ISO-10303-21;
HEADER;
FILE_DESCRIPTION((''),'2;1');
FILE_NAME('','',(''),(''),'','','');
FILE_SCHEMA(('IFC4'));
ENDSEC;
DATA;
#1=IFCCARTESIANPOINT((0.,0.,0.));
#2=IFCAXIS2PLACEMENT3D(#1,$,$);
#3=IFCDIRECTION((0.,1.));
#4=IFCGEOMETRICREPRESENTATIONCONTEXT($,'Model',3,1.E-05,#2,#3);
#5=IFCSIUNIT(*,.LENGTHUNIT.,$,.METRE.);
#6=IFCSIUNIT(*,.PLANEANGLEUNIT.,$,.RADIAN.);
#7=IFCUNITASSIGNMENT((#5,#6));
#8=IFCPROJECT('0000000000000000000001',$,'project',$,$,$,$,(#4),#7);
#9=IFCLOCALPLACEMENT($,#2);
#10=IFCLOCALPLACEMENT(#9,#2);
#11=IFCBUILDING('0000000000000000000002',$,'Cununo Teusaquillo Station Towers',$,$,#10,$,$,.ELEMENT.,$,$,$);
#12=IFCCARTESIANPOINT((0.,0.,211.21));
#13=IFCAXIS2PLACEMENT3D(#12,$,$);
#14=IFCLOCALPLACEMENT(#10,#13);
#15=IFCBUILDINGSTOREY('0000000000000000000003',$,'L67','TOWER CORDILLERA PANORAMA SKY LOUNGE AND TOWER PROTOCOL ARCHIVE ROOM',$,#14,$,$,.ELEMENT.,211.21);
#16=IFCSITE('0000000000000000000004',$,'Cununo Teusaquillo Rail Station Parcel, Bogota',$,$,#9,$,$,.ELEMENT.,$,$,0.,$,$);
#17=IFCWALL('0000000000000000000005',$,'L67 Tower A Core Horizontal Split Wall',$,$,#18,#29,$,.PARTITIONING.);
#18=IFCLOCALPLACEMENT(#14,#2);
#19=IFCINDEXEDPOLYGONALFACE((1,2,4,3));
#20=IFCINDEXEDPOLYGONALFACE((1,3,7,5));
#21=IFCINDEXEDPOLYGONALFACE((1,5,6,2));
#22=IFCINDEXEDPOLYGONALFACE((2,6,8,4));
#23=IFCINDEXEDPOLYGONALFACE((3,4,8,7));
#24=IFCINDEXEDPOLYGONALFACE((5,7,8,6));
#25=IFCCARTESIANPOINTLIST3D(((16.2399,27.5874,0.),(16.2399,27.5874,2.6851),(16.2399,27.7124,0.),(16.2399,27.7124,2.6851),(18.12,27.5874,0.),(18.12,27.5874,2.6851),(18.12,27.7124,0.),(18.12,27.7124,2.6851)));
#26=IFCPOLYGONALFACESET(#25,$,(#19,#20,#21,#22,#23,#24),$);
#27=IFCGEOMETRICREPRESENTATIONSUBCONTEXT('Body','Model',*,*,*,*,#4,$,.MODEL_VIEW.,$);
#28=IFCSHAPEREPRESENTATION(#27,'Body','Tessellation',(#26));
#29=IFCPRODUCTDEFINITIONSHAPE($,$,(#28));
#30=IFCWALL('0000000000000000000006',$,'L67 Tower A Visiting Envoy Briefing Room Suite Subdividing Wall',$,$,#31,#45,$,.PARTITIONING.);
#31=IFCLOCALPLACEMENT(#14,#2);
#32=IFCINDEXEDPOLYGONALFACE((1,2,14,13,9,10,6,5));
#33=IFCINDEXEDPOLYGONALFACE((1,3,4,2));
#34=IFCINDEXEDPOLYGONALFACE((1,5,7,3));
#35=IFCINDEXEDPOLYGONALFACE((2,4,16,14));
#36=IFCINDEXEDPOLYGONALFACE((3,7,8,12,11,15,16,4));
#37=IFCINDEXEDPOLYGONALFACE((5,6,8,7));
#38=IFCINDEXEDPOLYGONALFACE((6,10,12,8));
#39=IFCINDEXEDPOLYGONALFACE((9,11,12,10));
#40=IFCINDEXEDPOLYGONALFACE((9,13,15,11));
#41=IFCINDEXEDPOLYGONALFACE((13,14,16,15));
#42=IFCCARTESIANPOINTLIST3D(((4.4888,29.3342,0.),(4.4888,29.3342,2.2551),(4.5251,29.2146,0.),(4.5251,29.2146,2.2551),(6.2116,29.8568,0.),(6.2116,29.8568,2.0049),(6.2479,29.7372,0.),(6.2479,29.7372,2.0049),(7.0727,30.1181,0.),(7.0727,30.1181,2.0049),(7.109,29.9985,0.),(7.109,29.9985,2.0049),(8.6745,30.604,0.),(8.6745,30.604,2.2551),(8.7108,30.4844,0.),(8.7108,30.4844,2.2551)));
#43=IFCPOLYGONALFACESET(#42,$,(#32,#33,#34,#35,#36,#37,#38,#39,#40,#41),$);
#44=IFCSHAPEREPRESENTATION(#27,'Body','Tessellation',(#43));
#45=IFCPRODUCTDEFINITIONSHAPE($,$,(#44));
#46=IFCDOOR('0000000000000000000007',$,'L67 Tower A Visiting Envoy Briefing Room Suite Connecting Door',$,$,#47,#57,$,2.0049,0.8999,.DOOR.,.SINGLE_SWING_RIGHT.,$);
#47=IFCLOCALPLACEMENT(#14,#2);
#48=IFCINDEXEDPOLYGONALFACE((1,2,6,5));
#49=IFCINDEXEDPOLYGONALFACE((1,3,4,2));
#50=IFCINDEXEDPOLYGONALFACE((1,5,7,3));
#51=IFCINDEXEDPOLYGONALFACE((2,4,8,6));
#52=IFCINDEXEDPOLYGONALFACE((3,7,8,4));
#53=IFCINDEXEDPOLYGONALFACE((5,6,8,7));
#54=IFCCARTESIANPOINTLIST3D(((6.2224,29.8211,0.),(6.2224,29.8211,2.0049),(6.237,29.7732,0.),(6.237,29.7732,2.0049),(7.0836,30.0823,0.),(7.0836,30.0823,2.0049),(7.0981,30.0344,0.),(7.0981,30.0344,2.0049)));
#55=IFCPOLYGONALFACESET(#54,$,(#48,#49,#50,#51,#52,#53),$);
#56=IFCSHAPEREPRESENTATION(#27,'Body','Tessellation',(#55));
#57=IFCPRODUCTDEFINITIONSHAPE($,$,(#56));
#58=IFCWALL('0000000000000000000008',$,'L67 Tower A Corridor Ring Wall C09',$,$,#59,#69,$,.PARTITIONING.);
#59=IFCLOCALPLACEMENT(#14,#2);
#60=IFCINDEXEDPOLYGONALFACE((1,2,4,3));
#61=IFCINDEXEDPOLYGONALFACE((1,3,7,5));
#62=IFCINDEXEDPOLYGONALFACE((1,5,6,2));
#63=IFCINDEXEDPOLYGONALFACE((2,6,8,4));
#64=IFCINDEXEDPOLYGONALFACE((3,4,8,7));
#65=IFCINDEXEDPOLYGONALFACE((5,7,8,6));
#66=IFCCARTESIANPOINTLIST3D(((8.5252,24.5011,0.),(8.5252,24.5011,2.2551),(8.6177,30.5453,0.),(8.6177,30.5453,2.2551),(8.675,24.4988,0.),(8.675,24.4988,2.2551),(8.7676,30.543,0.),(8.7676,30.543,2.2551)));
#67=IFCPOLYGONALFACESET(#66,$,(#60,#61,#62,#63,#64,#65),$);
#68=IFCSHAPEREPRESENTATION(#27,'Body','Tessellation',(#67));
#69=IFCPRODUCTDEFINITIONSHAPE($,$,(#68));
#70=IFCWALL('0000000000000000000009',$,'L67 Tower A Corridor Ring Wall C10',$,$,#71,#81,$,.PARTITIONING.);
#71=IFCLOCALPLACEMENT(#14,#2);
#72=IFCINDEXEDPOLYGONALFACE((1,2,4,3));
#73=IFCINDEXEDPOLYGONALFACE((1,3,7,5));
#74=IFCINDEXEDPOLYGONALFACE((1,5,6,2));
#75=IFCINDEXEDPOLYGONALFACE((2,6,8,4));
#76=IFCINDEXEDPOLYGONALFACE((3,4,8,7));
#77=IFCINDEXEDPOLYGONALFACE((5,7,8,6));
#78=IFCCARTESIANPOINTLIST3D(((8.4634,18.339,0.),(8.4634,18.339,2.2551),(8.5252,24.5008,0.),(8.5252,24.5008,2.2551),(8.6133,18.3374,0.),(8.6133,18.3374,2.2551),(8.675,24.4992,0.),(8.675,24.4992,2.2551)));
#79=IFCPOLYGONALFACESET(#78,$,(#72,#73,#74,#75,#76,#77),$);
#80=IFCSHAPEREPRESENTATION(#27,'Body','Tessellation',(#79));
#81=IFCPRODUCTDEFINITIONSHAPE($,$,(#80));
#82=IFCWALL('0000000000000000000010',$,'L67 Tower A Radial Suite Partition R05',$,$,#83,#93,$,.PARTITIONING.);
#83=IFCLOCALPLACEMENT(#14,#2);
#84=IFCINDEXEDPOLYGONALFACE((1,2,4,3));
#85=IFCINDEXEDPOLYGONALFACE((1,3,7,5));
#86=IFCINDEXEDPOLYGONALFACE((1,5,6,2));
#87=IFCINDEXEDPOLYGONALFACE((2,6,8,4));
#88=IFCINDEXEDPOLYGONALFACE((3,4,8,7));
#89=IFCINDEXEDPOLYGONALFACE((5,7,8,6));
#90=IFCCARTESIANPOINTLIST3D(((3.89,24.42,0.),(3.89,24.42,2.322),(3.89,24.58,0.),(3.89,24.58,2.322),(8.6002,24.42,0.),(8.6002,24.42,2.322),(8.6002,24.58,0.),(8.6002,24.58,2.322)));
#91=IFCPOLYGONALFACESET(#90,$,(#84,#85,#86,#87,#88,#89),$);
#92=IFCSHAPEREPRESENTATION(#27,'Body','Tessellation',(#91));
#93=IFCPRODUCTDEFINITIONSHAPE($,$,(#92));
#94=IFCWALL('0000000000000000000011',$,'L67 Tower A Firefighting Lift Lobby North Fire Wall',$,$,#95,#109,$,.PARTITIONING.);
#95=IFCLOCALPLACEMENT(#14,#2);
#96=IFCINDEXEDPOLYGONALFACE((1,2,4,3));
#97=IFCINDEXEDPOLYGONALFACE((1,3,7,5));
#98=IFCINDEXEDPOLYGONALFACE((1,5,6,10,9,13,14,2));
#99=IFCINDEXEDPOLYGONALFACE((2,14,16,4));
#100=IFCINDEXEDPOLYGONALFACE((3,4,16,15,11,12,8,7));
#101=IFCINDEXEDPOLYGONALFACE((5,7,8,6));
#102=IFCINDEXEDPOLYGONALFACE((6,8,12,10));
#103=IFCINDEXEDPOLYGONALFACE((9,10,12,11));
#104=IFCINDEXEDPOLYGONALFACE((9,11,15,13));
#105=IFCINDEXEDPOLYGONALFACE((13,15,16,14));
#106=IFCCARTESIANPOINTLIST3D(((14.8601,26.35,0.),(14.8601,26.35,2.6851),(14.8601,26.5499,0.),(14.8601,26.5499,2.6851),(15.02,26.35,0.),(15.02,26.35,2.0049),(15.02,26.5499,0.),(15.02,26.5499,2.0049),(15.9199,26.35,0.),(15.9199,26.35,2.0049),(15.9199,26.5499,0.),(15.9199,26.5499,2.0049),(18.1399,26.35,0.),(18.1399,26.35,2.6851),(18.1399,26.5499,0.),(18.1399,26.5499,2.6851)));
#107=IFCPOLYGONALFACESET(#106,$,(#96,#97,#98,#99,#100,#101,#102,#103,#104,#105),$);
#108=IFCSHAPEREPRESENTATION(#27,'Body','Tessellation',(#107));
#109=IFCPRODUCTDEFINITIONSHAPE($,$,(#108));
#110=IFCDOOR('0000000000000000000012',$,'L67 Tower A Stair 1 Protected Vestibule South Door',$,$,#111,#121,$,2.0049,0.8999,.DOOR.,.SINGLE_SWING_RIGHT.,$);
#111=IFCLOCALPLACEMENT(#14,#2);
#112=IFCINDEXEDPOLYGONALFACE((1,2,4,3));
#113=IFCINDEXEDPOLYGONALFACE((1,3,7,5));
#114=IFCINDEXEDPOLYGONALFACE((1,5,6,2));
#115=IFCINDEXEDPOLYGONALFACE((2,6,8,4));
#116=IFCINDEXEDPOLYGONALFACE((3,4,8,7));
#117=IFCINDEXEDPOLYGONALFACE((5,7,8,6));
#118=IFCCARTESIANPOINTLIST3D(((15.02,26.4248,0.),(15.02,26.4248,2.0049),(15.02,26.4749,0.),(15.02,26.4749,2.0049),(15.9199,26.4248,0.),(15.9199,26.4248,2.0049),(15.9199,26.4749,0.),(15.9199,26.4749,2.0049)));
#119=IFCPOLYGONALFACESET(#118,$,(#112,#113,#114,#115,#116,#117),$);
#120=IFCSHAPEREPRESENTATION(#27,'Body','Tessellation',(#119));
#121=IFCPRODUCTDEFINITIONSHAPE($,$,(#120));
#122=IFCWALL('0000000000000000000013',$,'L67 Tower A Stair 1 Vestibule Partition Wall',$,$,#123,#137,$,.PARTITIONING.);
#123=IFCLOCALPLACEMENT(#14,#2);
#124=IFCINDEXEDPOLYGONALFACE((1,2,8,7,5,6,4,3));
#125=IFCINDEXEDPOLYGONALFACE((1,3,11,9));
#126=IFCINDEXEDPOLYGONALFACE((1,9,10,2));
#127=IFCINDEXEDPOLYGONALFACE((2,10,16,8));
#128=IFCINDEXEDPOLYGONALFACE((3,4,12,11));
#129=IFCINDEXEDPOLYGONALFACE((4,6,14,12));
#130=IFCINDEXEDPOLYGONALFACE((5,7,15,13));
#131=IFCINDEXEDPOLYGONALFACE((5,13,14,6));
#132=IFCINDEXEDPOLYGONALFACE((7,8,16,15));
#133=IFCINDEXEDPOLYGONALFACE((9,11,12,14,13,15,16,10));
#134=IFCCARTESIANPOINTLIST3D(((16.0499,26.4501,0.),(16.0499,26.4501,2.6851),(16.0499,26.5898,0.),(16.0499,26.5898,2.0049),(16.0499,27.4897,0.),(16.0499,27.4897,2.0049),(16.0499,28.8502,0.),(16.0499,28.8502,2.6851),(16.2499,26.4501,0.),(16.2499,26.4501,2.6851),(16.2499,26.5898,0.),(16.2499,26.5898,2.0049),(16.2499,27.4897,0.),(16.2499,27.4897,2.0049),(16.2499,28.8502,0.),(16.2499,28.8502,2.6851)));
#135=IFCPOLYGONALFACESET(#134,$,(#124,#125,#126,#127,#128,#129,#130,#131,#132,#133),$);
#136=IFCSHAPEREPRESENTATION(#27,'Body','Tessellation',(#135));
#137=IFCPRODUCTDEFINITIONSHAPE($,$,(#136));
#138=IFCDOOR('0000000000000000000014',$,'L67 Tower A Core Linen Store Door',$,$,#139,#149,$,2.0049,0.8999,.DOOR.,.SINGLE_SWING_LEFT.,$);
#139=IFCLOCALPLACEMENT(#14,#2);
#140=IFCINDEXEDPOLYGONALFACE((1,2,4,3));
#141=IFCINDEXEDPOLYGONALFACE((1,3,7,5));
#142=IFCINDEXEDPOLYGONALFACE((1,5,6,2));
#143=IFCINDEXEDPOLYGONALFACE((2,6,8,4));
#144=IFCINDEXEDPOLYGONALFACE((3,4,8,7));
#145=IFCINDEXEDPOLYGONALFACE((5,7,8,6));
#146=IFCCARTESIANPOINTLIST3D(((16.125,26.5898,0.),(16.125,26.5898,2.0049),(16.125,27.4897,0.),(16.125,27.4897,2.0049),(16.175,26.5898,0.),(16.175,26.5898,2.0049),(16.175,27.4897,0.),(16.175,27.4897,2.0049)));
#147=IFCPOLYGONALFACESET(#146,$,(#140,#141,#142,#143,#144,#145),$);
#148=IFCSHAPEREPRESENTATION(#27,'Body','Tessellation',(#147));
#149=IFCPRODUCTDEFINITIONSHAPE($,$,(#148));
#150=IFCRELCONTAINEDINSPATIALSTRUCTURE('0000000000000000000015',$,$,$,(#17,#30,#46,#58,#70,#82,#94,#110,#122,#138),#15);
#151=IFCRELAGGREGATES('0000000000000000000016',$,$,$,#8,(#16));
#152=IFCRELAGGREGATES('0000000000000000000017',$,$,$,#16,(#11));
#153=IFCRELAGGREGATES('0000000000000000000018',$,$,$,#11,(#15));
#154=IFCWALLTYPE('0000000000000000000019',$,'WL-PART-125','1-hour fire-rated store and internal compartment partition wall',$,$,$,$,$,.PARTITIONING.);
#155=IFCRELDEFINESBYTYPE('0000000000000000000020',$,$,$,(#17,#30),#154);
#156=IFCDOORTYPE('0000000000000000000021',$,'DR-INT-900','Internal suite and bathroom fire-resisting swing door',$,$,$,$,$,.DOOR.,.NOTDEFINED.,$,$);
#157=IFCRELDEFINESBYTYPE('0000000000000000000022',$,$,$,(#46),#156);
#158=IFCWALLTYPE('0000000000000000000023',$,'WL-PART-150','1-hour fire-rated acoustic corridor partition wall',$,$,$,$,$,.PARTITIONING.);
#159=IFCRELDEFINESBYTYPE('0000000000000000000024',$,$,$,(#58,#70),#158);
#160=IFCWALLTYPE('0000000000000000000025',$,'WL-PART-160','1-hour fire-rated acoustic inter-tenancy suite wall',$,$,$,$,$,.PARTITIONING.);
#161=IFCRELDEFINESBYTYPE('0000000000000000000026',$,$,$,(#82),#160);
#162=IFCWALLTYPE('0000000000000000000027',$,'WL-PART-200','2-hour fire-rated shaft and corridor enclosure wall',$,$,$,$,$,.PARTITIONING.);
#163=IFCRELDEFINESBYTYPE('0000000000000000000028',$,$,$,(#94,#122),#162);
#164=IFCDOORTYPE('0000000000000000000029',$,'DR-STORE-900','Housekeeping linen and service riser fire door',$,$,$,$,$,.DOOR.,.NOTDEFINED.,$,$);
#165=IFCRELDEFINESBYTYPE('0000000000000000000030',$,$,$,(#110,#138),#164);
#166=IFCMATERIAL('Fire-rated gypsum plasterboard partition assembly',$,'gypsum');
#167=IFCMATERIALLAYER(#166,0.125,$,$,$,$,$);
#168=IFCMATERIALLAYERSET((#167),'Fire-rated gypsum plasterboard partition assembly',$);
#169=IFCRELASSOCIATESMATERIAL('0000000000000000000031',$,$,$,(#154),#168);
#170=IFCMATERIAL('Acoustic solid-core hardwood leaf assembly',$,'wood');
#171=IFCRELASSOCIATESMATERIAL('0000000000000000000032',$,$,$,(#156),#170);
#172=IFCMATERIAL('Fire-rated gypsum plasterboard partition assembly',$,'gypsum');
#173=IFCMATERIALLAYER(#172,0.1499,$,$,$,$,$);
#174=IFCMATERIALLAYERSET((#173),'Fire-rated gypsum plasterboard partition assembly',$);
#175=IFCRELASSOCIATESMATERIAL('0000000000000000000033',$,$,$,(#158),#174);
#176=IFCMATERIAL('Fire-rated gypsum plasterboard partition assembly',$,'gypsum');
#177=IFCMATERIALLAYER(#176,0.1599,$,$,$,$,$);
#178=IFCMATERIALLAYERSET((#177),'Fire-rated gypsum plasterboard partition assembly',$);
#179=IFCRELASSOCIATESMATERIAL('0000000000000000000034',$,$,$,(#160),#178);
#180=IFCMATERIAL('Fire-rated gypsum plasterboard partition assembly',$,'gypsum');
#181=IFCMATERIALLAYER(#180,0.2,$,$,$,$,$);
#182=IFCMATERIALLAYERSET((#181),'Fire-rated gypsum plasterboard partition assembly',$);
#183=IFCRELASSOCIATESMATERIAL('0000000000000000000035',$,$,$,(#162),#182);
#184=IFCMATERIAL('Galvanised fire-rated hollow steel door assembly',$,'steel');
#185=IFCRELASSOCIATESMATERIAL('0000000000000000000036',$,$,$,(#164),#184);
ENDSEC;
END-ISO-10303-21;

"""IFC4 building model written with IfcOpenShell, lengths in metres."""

from ifc_helpers import new_model, si_unit, direction, frame, frame_2d, origin, place, context, subcontext, project, spatial, rectangle, extrude, source, transform, mapped, material, layer, layer_set, type_object, element, fill, save


model = new_model("IFC4")

# Units and contexts
model_context = context("Model", 3, precision=1e-05, world=origin(), true_north=direction((0.0, 1.0)))
body_context = subcontext(model_context, "Body", "Model", "MODEL_VIEW")
ifc_project = project(units=[si_unit("LENGTHUNIT", "METRE"), si_unit("PLANEANGLEUNIT", "RADIAN")], contexts=[model_context])

# Site, building, storey
site_placement = place(None, origin())
site = spatial("IfcSite", under=ifc_project, at=site_placement, Name="Cununo Teusaquillo Rail Station Parcel, Bogota", CompositionType="ELEMENT", RefElevation=0.0)
building_placement = place(site_placement, origin())
building = spatial("IfcBuilding", under=site, at=building_placement, Name="Cununo Teusaquillo Station Towers", CompositionType="ELEMENT")
storey_placement = place(building_placement, frame((0.0, 0.0, 211.21)))
storey = spatial("IfcBuildingStorey", under=building, at=storey_placement, Name="L67", Description="TOWER CORDILLERA PANORAMA SKY LOUNGE AND TOWER PROTOCOL ARCHIVE ROOM", CompositionType="ELEMENT", Elevation=211.21)

# Wall
ifc_material_1 = material(Name="Fire-rated gypsum plasterboard partition assembly", Category="gypsum")
ifc_layer_1 = layer(ifc_material_1, 0.125)
ifc_layer_set_1 = layer_set([ifc_layer_1], Name="Fire-rated gypsum plasterboard partition assembly")
wall_type_1 = type_object("IfcWallType", Name="WL-PART-125", Description="1-hour fire-rated store and internal compartment partition wall", PredefinedType="PARTITIONING", material=ifc_layer_set_1)
wall_1_placement = place(storey_placement, frame((16.24, 27.6499, 0.0), z_axis=(0.0, 0.0, 1.0), x_axis=(1.0, 0.0, 0.0)))
element("IfcWall", 1, at=wall_1_placement, inside=storey, type_object=wall_type_1, Name="L67 Tower A Core Horizontal Split Wall", PredefinedType="PARTITIONING", context=body_context, shape_type="SweptSolid", body=[
    extrude(rectangle(XDim=1.8801, YDim=0.125, at=frame_2d((0.9399, 0.0))), origin(), (0.0, 0.0, 1.0), 2.6851),
])

# Wall, opening, door
wall_2_placement = place(storey_placement, frame((8.6926, 30.5442, 0.0), z_axis=(0.0, 0.0, 1.0), x_axis=(-0.956934, -0.290306, 0.0)))
wall_2 = element("IfcWall", 2, at=wall_2_placement, inside=storey, type_object=wall_type_1, Name="L67 Tower A Visiting Envoy Briefing Room Suite Subdividing Wall", PredefinedType="PARTITIONING", context=body_context, shape_type="SweptSolid", body=[
    extrude(rectangle(XDim=4.374, YDim=0.125, at=frame_2d((2.187, 0.0))), origin(), (0.0, 0.0, 1.0), 2.2551),
])
shared_shape_1 = source(origin(), body_context, "Body", "SweptSolid", [
    extrude(rectangle(XDim=0.8999, YDim=2.0049, at=frame_2d((0.45, 1.0024))), frame((0.0, 0.0725, 0.0), z_axis=(0.0, -1.0, 0.0), x_axis=(1.0, 0.0, 0.0)), (0.0, 0.0, 1.0), 0.145),
])
opening_1_placement = place(wall_2_placement, frame((1.6738, 0.0, 0.0)))
opening_1 = element("IfcOpeningElement", 3, at=opening_1_placement, cuts=wall_2, PredefinedType="OPENING", context=body_context, shape_type="MappedRepresentation", body=[
    mapped(shared_shape_1, transform((0.0, 0.0, 0.0), x_axis=(1.0, 0.0, 0.0), y_axis=(0.0, 1.0, 0.0), z_axis=(0.0, 0.0, 1.0), scale=1.0)),
])
ifc_material_2 = material(Name="Acoustic solid-core hardwood leaf assembly", Category="wood")
door_type_1 = type_object("IfcDoorType", Name="DR-INT-900", Description="Internal suite and bathroom fire-resisting swing door", OperationType="NOTDEFINED", PredefinedType="DOOR", material=ifc_material_2)
shared_shape_2 = source(origin(), body_context, "Body", "SweptSolid", [
    extrude(rectangle(XDim=0.8999, YDim=2.0049, at=frame_2d((0.45, 1.0024))), frame((0.0, 0.0249, 0.0), z_axis=(0.0, -1.0, 0.0), x_axis=(1.0, 0.0, 0.0)), (0.0, 0.0, 1.0), 0.05),
])
door_1_placement = place(opening_1_placement, origin())
door_1 = element("IfcDoor", 4, at=door_1_placement, inside=storey, type_object=door_type_1, Name="L67 Tower A Visiting Envoy Briefing Room Suite Connecting Door", OperationType="SINGLE_SWING_RIGHT", OverallHeight=2.0049, OverallWidth=0.8999, PredefinedType="DOOR", context=body_context, shape_type="MappedRepresentation", body=[
    mapped(shared_shape_2, transform((0.0, 0.0, 0.0), x_axis=(1.0, 0.0, 0.0), y_axis=(0.0, 1.0, 0.0), z_axis=(0.0, 0.0, 1.0), scale=1.0)),
])
fill(opening_1, door_1)

# Walls
ifc_material_3 = material(Name="Fire-rated gypsum plasterboard partition assembly", Category="gypsum")
ifc_layer_2 = layer(ifc_material_3, 0.1499)
ifc_layer_set_2 = layer_set([ifc_layer_2], Name="Fire-rated gypsum plasterboard partition assembly")
wall_type_2 = type_object("IfcWallType", Name="WL-PART-150", Description="1-hour fire-rated acoustic corridor partition wall", PredefinedType="PARTITIONING", material=ifc_layer_set_2)
wall_3_placement = place(storey_placement, frame((8.6926, 30.5442, 0.0), z_axis=(0.0, 0.0, 1.0), x_axis=(-0.015307, -0.999883, 0.0)))
element("IfcWall", 5, at=wall_3_placement, inside=storey, type_object=wall_type_2, Name="L67 Tower A Corridor Ring Wall C09", PredefinedType="PARTITIONING", context=body_context, shape_type="SweptSolid", body=[
    extrude(rectangle(XDim=6.0449, YDim=0.1499, at=frame_2d((3.0225, 0.0))), origin(), (0.0, 0.0, 1.0), 2.2551),
])
wall_4_placement = place(storey_placement, frame((8.6001, 24.5, 0.0), z_axis=(0.0, 0.0, 1.0), x_axis=(-0.010024, -0.99995, 0.0)))
element("IfcWall", 6, at=wall_4_placement, inside=storey, type_object=wall_type_2, Name="L67 Tower A Corridor Ring Wall C10", PredefinedType="PARTITIONING", context=body_context, shape_type="SweptSolid", body=[
    extrude(rectangle(XDim=6.1621, YDim=0.1499, at=frame_2d((3.0811, 0.0))), origin(), (0.0, 0.0, 1.0), 2.2551),
])
ifc_material_4 = material(Name="Fire-rated gypsum plasterboard partition assembly", Category="gypsum")
ifc_layer_3 = layer(ifc_material_4, 0.1599)
ifc_layer_set_3 = layer_set([ifc_layer_3], Name="Fire-rated gypsum plasterboard partition assembly")
wall_type_3 = type_object("IfcWallType", Name="WL-PART-160", Description="1-hour fire-rated acoustic inter-tenancy suite wall", PredefinedType="PARTITIONING", material=ifc_layer_set_3)
wall_5_placement = place(storey_placement, frame((8.6001, 24.5, 0.0), z_axis=(0.0, 0.0, 1.0), x_axis=(-1.0, 0.0, 0.0)))
element("IfcWall", 7, at=wall_5_placement, inside=storey, type_object=wall_type_3, Name="L67 Tower A Radial Suite Partition R05", PredefinedType="PARTITIONING", context=body_context, shape_type="SweptSolid", body=[
    extrude(rectangle(XDim=4.7102, YDim=0.1599, at=frame_2d((2.355, 0.0))), origin(), (0.0, 0.0, 1.0), 2.322),
])

# Walls, openings, doors
ifc_material_5 = material(Name="Fire-rated gypsum plasterboard partition assembly", Category="gypsum")
ifc_layer_4 = layer(ifc_material_5, 0.2)
ifc_layer_set_4 = layer_set([ifc_layer_4], Name="Fire-rated gypsum plasterboard partition assembly")
wall_type_4 = type_object("IfcWallType", Name="WL-PART-200", Description="2-hour fire-rated shaft and corridor enclosure wall", PredefinedType="PARTITIONING", material=ifc_layer_set_4)
wall_6_placement = place(storey_placement, frame((14.8601, 26.45, 0.0), z_axis=(0.0, 0.0, 1.0), x_axis=(1.0, 0.0, 0.0)))
wall_6 = element("IfcWall", 8, at=wall_6_placement, inside=storey, type_object=wall_type_4, Name="L67 Tower A Firefighting Lift Lobby North Fire Wall", PredefinedType="PARTITIONING", context=body_context, shape_type="SweptSolid", body=[
    extrude(rectangle(XDim=3.2798, YDim=0.2, at=frame_2d((1.6399, 0.0))), origin(), (0.0, 0.0, 1.0), 2.6851),
])
shared_shape_3 = source(origin(), body_context, "Body", "SweptSolid", [
    extrude(rectangle(XDim=0.8999, YDim=2.0049, at=frame_2d((0.45, 1.0024))), frame((0.0, 0.1099, 0.0), z_axis=(0.0, -1.0, 0.0), x_axis=(1.0, 0.0, 0.0)), (0.0, 0.0, 1.0), 0.22),
])
opening_2_placement = place(wall_6_placement, frame((0.1599, 0.0, 0.0)))
opening_2 = element("IfcOpeningElement", 9, at=opening_2_placement, cuts=wall_6, PredefinedType="OPENING", context=body_context, shape_type="MappedRepresentation", body=[
    mapped(shared_shape_3, transform((0.0, 0.0, 0.0), x_axis=(1.0, 0.0, 0.0), y_axis=(0.0, 1.0, 0.0), z_axis=(0.0, 0.0, 1.0), scale=1.0)),
])
ifc_material_6 = material(Name="Galvanised fire-rated hollow steel door assembly", Category="steel")
door_type_2 = type_object("IfcDoorType", Name="DR-STORE-900", Description="Housekeeping linen and service riser fire door", OperationType="NOTDEFINED", PredefinedType="DOOR", material=ifc_material_6)
door_2_placement = place(opening_2_placement, origin())
door_2 = element("IfcDoor", 10, at=door_2_placement, inside=storey, type_object=door_type_2, Name="L67 Tower A Stair 1 Protected Vestibule South Door", OperationType="SINGLE_SWING_RIGHT", OverallHeight=2.0049, OverallWidth=0.8999, PredefinedType="DOOR", context=body_context, shape_type="MappedRepresentation", body=[
    mapped(shared_shape_2, transform((0.0, 0.0, 0.0), x_axis=(1.0, 0.0, 0.0), y_axis=(0.0, 1.0, 0.0), z_axis=(0.0, 0.0, 1.0), scale=1.0)),
])
fill(opening_2, door_2)
wall_7_placement = place(storey_placement, frame((16.1499, 26.45, 0.0), z_axis=(0.0, 0.0, 1.0), x_axis=(0.0, 1.0, 0.0)))
wall_7 = element("IfcWall", 11, at=wall_7_placement, inside=storey, type_object=wall_type_4, Name="L67 Tower A Stair 1 Vestibule Partition Wall", PredefinedType="PARTITIONING", context=body_context, shape_type="SweptSolid", body=[
    extrude(rectangle(XDim=2.4001, YDim=0.2, at=frame_2d((1.2002, 0.0))), origin(), (0.0, 0.0, 1.0), 2.6851),
])
opening_3_placement = place(wall_7_placement, frame((0.1399, 0.0, 0.0)))
opening_3 = element("IfcOpeningElement", 12, at=opening_3_placement, cuts=wall_7, PredefinedType="OPENING", context=body_context, shape_type="MappedRepresentation", body=[
    mapped(shared_shape_3, transform((0.0, 0.0, 0.0), x_axis=(1.0, 0.0, 0.0), y_axis=(0.0, 1.0, 0.0), z_axis=(0.0, 0.0, 1.0), scale=1.0)),
])
door_3_placement = place(opening_3_placement, origin())
door_3 = element("IfcDoor", 13, at=door_3_placement, inside=storey, type_object=door_type_2, Name="L67 Tower A Core Linen Store Door", OperationType="SINGLE_SWING_LEFT", OverallHeight=2.0049, OverallWidth=0.8999, PredefinedType="DOOR", context=body_context, shape_type="MappedRepresentation", body=[
    mapped(shared_shape_2, transform((0.0, 0.0, 0.0), x_axis=(1.0, 0.0, 0.0), y_axis=(0.0, 1.0, 0.0), z_axis=(0.0, 0.0, 1.0), scale=1.0)),
])
fill(opening_3, door_3)

save(model, "model.ifc")
